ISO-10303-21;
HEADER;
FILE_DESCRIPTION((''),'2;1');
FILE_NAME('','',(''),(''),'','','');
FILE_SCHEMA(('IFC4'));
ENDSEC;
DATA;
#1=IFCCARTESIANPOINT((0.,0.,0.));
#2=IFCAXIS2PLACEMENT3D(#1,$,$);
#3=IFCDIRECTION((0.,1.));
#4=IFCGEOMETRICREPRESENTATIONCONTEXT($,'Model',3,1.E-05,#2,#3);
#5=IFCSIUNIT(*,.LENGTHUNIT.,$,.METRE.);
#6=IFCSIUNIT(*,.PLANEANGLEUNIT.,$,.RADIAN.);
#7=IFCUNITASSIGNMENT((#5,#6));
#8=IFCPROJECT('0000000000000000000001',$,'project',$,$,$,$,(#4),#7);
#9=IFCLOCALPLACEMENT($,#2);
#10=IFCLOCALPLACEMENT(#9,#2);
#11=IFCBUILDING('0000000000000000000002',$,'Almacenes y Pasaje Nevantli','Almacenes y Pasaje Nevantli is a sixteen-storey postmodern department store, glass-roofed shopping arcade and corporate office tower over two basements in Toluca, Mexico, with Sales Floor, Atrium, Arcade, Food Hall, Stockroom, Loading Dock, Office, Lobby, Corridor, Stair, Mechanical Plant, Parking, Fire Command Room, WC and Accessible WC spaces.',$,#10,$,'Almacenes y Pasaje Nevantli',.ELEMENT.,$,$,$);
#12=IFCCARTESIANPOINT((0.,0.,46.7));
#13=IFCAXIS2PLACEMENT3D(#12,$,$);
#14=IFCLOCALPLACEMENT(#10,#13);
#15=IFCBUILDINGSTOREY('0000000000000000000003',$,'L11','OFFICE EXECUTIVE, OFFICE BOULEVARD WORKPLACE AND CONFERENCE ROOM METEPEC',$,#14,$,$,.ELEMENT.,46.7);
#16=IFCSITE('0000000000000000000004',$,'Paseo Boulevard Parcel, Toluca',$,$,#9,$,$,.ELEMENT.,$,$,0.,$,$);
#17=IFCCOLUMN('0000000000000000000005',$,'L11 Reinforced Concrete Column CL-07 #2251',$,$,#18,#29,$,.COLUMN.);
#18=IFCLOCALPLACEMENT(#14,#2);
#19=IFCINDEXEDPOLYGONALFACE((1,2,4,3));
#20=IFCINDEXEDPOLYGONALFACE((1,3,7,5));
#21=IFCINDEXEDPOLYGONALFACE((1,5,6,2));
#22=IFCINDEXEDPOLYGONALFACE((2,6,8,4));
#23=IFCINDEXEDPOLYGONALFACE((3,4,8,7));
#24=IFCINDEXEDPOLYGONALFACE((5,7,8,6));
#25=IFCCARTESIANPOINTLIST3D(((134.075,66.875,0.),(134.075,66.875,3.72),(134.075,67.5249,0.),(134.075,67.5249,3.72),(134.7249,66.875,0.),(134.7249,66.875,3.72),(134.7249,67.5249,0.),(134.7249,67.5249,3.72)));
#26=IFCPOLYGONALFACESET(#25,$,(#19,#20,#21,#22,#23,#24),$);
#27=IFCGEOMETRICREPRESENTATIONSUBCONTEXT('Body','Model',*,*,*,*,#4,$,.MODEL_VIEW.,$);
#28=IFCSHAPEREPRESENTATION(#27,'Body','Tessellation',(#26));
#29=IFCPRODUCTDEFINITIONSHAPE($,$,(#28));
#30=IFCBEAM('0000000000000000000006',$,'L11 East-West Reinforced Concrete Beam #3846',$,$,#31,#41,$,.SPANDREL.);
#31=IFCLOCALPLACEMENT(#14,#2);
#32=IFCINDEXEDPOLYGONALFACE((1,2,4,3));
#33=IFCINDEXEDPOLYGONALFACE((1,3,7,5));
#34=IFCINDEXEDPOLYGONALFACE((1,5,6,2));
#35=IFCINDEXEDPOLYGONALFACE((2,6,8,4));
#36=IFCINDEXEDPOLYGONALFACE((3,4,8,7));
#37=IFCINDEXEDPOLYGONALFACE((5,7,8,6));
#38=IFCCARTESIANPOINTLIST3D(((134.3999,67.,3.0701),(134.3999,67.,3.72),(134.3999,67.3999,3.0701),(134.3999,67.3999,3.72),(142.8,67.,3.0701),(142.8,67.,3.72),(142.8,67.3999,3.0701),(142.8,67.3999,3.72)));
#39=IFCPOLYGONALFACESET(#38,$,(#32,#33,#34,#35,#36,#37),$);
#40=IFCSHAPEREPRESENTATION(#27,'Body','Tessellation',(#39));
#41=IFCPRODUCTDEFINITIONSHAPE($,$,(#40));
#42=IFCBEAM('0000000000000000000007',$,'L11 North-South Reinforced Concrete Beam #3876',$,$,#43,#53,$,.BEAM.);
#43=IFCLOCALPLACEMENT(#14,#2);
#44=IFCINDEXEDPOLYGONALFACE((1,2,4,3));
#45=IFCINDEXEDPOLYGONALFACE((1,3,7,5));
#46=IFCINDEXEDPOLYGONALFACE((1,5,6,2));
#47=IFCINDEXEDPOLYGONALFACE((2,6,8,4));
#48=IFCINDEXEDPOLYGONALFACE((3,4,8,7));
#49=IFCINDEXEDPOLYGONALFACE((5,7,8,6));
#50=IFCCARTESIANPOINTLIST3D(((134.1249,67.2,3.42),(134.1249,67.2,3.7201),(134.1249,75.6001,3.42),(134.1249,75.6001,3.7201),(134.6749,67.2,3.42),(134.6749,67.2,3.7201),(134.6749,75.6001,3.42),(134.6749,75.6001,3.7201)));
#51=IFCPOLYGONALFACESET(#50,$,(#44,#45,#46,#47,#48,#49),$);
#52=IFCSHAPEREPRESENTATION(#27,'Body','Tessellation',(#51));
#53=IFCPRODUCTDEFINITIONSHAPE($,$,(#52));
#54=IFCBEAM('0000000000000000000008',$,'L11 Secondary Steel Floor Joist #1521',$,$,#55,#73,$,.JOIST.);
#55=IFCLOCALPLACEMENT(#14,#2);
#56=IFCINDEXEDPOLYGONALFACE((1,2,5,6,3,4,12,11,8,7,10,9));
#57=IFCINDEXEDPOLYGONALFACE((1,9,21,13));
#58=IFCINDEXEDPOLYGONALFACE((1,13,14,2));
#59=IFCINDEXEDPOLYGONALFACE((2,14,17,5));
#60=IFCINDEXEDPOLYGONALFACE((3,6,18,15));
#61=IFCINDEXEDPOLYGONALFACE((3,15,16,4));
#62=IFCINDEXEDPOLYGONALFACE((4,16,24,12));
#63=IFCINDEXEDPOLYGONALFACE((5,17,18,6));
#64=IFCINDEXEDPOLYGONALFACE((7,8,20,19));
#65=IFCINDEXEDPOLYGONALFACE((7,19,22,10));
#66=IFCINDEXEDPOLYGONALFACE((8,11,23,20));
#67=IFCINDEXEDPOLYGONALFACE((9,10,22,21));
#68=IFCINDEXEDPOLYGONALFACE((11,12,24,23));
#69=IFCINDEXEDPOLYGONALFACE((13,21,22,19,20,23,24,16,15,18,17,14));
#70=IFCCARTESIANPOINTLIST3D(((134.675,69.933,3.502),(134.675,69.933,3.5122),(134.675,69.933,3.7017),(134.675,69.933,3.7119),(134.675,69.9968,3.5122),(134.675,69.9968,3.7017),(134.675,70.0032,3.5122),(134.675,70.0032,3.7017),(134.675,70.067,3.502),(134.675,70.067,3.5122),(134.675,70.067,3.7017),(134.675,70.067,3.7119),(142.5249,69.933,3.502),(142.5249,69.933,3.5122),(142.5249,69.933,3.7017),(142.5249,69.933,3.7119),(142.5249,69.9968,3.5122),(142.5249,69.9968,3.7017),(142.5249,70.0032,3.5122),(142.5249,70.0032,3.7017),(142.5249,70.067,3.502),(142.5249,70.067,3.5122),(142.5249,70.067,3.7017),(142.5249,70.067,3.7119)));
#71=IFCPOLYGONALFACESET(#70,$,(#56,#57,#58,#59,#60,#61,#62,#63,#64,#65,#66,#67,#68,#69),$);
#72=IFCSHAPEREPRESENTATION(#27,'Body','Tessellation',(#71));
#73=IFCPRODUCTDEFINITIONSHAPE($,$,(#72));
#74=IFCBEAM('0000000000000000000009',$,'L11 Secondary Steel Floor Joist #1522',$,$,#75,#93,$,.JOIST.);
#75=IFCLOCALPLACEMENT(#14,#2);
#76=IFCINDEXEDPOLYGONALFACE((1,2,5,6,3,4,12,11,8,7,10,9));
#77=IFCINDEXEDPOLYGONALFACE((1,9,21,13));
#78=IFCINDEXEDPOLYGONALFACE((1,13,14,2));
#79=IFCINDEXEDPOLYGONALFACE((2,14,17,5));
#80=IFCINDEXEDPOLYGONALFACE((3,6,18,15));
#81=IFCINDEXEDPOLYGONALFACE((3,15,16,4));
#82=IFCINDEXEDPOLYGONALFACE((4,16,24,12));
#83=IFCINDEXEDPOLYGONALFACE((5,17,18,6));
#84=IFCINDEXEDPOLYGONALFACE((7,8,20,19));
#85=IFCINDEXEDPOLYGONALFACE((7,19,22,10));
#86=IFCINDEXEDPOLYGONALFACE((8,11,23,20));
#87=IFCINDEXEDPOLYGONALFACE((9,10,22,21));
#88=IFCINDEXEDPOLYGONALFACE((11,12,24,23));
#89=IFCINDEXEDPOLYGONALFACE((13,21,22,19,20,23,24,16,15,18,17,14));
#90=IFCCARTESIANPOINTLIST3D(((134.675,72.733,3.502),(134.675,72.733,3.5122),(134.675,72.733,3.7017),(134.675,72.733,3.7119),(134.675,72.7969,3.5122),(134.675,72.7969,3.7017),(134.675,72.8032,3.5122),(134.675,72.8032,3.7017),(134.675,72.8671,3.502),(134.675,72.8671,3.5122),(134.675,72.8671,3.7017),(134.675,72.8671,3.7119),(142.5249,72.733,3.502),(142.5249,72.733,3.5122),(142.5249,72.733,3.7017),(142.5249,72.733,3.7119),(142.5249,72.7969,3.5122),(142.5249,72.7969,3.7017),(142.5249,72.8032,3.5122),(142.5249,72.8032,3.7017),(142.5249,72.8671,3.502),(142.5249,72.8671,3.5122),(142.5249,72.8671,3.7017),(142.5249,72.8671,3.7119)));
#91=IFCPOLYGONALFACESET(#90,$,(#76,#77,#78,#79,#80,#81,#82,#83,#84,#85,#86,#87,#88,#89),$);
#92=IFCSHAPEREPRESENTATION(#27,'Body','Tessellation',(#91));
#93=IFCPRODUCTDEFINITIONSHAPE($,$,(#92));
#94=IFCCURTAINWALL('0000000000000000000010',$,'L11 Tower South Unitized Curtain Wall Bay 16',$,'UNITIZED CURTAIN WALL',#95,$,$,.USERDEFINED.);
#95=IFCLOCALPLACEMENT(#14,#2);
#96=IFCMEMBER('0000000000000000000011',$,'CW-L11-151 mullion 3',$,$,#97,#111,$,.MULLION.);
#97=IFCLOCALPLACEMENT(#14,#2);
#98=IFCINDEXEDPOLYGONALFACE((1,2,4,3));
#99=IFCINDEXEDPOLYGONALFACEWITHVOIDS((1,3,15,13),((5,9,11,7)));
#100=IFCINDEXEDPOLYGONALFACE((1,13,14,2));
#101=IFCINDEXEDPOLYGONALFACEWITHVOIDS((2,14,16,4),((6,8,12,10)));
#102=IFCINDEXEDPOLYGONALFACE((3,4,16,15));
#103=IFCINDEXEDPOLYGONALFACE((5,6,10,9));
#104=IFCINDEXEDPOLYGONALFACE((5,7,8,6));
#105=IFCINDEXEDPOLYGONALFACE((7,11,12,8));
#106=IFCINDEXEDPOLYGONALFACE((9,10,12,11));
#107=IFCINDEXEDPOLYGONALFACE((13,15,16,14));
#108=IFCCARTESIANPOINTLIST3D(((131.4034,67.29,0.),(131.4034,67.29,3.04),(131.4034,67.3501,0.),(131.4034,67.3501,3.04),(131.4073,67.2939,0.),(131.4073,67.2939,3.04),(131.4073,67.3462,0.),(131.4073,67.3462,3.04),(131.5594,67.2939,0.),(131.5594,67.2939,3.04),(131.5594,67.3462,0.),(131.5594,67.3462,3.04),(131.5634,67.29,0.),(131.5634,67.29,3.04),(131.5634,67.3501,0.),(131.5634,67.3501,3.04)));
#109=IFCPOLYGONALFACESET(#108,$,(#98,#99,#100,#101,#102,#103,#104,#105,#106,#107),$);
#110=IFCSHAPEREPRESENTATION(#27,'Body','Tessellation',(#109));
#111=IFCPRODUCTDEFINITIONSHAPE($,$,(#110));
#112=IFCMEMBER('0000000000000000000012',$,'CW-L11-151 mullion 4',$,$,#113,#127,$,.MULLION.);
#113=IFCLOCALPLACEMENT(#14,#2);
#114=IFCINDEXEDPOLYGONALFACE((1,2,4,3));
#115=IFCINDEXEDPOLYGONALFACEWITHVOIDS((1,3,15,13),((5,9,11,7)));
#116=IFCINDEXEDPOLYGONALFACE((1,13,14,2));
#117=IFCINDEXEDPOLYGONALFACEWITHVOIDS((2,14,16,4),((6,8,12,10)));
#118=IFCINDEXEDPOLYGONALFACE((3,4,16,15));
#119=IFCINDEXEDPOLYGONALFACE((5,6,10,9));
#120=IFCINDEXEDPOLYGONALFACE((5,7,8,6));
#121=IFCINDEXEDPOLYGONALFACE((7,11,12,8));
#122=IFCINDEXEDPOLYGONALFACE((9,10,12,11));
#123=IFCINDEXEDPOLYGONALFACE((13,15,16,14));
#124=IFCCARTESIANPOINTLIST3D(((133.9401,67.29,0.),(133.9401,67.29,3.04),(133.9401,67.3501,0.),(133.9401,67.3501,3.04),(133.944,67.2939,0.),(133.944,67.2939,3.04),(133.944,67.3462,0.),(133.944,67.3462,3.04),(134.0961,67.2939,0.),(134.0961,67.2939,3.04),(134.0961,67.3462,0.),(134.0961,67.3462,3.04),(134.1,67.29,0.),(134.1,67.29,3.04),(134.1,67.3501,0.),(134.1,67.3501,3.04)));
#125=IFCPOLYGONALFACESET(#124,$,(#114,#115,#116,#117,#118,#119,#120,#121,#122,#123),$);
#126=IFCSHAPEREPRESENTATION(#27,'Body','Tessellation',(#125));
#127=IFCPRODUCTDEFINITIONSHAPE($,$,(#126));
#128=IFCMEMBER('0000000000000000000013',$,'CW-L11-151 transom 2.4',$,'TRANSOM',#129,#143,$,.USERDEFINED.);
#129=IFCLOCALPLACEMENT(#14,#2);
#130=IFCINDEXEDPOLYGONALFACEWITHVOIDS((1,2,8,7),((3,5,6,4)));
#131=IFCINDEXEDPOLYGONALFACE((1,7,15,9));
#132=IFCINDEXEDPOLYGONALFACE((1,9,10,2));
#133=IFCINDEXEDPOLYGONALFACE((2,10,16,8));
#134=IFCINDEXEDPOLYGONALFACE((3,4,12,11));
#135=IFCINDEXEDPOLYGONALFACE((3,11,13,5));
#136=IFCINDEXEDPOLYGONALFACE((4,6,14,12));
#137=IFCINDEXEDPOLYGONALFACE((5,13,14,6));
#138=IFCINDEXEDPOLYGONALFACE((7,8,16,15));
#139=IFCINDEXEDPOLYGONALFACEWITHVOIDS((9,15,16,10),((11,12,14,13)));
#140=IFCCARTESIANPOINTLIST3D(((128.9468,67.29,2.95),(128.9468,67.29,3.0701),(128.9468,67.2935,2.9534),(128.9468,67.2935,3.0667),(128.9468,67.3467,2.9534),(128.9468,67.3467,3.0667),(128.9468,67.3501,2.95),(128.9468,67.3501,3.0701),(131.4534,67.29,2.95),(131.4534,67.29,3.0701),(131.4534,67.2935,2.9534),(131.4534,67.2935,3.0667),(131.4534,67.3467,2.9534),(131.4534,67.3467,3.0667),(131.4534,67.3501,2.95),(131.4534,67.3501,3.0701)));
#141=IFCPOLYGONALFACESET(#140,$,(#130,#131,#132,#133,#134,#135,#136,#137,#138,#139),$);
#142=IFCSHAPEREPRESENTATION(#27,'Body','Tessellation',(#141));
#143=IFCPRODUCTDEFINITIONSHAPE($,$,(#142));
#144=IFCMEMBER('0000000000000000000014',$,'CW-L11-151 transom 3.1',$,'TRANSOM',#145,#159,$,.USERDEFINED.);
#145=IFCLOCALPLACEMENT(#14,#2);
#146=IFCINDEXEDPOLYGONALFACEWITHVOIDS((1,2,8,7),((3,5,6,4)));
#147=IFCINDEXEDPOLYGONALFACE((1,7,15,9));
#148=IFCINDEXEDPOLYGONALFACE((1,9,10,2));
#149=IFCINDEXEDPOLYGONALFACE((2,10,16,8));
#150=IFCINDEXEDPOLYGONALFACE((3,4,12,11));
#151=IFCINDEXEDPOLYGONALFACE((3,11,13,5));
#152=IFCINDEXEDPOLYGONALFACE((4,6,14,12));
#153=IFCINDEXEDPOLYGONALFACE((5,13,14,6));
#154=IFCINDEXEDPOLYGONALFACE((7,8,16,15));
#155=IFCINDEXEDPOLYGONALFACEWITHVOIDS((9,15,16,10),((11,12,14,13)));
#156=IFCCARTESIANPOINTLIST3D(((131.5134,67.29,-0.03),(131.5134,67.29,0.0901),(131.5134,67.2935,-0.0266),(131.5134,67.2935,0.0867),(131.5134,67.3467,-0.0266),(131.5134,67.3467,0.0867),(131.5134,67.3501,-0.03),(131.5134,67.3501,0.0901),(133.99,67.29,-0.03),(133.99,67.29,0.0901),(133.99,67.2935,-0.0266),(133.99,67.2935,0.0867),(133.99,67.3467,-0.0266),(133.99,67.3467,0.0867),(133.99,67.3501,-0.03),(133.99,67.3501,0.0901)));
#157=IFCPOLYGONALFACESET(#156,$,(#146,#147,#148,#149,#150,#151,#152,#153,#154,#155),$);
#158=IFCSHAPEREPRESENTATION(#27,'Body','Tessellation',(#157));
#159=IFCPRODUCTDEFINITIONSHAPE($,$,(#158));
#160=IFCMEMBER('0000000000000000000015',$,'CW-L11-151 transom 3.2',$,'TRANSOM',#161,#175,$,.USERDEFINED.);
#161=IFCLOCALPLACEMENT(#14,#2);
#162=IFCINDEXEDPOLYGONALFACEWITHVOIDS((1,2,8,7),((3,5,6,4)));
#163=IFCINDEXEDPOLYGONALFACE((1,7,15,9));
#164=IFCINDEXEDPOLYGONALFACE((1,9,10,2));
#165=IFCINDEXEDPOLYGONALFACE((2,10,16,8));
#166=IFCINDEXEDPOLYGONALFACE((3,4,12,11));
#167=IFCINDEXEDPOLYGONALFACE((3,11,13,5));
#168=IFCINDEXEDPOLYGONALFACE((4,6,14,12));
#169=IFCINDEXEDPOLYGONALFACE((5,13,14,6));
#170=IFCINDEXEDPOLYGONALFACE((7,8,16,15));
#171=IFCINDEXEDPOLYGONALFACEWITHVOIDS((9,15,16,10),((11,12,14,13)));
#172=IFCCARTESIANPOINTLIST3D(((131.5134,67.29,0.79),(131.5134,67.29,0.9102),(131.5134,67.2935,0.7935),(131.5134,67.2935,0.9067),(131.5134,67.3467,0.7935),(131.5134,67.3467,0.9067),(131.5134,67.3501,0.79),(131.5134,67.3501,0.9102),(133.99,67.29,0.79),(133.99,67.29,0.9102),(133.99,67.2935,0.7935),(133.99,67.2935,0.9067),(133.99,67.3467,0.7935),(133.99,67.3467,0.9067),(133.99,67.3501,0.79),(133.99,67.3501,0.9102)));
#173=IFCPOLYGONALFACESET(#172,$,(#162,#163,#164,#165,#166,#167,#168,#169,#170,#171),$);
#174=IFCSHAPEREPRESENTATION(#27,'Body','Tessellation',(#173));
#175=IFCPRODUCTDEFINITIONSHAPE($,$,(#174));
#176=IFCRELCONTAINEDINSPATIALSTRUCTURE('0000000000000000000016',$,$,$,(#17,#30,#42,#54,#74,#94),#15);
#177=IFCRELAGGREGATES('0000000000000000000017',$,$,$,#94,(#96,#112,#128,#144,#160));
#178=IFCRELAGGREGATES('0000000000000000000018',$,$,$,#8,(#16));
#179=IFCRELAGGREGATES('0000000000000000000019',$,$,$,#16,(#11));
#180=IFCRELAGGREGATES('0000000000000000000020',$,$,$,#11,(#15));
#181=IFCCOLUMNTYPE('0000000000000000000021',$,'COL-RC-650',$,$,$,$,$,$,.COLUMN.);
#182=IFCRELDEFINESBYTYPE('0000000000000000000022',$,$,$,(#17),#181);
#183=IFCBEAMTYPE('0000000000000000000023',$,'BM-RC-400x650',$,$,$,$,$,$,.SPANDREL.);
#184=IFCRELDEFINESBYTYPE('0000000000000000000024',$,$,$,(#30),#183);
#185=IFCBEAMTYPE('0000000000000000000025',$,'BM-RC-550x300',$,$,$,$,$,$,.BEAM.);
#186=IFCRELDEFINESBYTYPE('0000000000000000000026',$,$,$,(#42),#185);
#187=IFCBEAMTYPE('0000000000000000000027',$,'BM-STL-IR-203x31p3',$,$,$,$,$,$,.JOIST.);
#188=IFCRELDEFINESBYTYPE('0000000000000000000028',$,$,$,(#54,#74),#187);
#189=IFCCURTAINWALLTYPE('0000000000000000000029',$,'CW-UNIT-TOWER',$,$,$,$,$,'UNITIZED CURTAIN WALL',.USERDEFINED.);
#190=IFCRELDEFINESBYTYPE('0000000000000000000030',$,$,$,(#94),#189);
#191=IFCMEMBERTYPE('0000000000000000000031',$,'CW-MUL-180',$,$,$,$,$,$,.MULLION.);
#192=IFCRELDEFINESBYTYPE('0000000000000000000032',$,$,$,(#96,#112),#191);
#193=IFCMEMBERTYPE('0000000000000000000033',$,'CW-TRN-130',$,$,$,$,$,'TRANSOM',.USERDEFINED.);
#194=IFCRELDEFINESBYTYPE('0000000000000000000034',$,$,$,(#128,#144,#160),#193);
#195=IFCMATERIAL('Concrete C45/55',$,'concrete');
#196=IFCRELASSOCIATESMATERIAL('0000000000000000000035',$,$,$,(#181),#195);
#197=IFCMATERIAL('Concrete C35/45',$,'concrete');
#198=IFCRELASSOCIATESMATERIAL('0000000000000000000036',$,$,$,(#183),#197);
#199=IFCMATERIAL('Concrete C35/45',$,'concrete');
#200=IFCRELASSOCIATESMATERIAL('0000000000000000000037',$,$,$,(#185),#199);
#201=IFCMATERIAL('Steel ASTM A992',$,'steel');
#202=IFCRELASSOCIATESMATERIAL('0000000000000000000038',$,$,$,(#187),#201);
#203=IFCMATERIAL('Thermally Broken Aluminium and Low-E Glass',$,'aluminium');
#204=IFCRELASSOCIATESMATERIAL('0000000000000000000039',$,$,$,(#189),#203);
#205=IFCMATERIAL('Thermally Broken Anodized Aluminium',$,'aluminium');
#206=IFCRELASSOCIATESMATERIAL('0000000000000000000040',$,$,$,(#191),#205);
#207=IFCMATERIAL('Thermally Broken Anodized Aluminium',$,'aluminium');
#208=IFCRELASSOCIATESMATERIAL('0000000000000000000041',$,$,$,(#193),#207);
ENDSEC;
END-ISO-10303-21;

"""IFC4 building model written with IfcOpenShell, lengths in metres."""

from ifc_helpers import new_model, si_unit, direction, frame, origin, origin_2d, place, context, subcontext, project, spatial, rectangle, hollow_rectangle, i_section, extrude, material, material_profile, profile_set, type_object, element, aggregate, save


model = new_model("IFC4")

# Units and contexts
model_context = context("Model", 3, precision=1e-05, world=origin(), true_north=direction((0.0, 1.0)))
body_context = subcontext(model_context, "Body", "Model", "MODEL_VIEW")
ifc_project = project(units=[si_unit("LENGTHUNIT", "METRE"), si_unit("PLANEANGLEUNIT", "RADIAN")], contexts=[model_context])

# Site, building, storey
site_placement = place(None, origin())
site = spatial("IfcSite", under=ifc_project, at=site_placement, Name="Paseo Boulevard Parcel, Toluca", CompositionType="ELEMENT", RefElevation=0.0)
building_placement = place(site_placement, origin())
building = spatial("IfcBuilding", under=site, at=building_placement, Name="Almacenes y Pasaje Nevantli", Description="Almacenes y Pasaje Nevantli is a sixteen-storey postmodern department store, glass-roofed shopping arcade and corporate office tower over two basements in Toluca, Mexico, with Sales Floor, Atrium, Arcade, Food Hall, Stockroom, Loading Dock, Office, Lobby, Corridor, Stair, Mechanical Plant, Parking, Fire Command Room, WC and Accessible WC spaces.", LongName="Almacenes y Pasaje Nevantli", CompositionType="ELEMENT")
storey_placement = place(building_placement, frame((0.0, 0.0, 46.7)))
storey = spatial("IfcBuildingStorey", under=building, at=storey_placement, Name="L11", Description="OFFICE EXECUTIVE, OFFICE BOULEVARD WORKPLACE AND CONFERENCE ROOM METEPEC", CompositionType="ELEMENT", Elevation=46.7)

# Column
ifc_material_1 = material(Name="Concrete C45/55", Category="concrete")
ifc_material_profile_1 = material_profile(ifc_material_1, rectangle(XDim=0.6499, YDim=0.6499, at=origin_2d()), Name="RC-COL-650x650")
ifc_profile_set_1 = profile_set([ifc_material_profile_1], Name="Concrete C45/55")
column_type = type_object("IfcColumnType", Name="COL-RC-650", PredefinedType="COLUMN", material=ifc_profile_set_1)
column_placement = place(storey_placement, frame((134.3999, 67.2, 0.0), z_axis=(0.0, 0.0, 1.0), x_axis=(1.0, 0.0, 0.0)))
element("IfcColumn", 1, at=column_placement, inside=storey, type_object=column_type, Name="L11 Reinforced Concrete Column CL-07 #2251", PredefinedType="COLUMN", context=body_context, shape_type="SweptSolid", body=[
    extrude(rectangle(XDim=0.6499, YDim=0.6499, at=origin_2d()), origin(), (0.0, 0.0, 1.0), 3.72),
])

# Beams
ifc_material_2 = material(Name="Concrete C35/45", Category="concrete")
ifc_material_profile_2 = material_profile(ifc_material_2, rectangle(XDim=0.3999, YDim=0.6499, at=origin_2d()), Name="RC-BM-400x650")
ifc_profile_set_2 = profile_set([ifc_material_profile_2], Name="Concrete C35/45")
beam_type_1 = type_object("IfcBeamType", Name="BM-RC-400x650", PredefinedType="SPANDREL", material=ifc_profile_set_2)
beam_1_placement = place(storey_placement, frame((134.3999, 67.2, 3.395), z_axis=(1.0, 0.0, 0.0), x_axis=(0.0, 1.0, 0.0)))
element("IfcBeam", 2, at=beam_1_placement, inside=storey, type_object=beam_type_1, Name="L11 East-West Reinforced Concrete Beam #3846", PredefinedType="SPANDREL", context=body_context, shape_type="SweptSolid", body=[
    extrude(rectangle(XDim=0.3999, YDim=0.6499, at=origin_2d()), origin(), (0.0, 0.0, 1.0), 8.4001),
])
ifc_material_3 = material(Name="Concrete C35/45", Category="concrete")
ifc_material_profile_3 = material_profile(ifc_material_3, rectangle(XDim=0.55, YDim=0.3, at=origin_2d()), Name="RC-BM-550x300")
ifc_profile_set_3 = profile_set([ifc_material_profile_3], Name="Concrete C35/45")
beam_type_2 = type_object("IfcBeamType", Name="BM-RC-550x300", PredefinedType="BEAM", material=ifc_profile_set_3)
beam_2_placement = place(storey_placement, frame((134.3999, 67.2, 3.5701), z_axis=(0.0, 1.0, 0.0), x_axis=(-1.0, 0.0, 0.0)))
element("IfcBeam", 3, at=beam_2_placement, inside=storey, type_object=beam_type_2, Name="L11 North-South Reinforced Concrete Beam #3876", PredefinedType="BEAM", context=body_context, shape_type="SweptSolid", body=[
    extrude(rectangle(XDim=0.55, YDim=0.3, at=origin_2d()), origin(), (0.0, 0.0, 1.0), 8.4001),
])
ifc_material_4 = material(Name="Steel ASTM A992", Category="steel")
ifc_material_profile_4 = material_profile(ifc_material_4, i_section(OverallWidth=0.134, OverallDepth=0.21, WebThickness=0.0063, FlangeThickness=0.0103, at=origin_2d()), Name="IR 203x31.3")
ifc_profile_set_4 = profile_set([ifc_material_profile_4], Name="Steel ASTM A992")
beam_type_3 = type_object("IfcBeamType", Name="BM-STL-IR-203x31p3", PredefinedType="JOIST", material=ifc_profile_set_4)
for number, where, z_axis, x_axis, name in (
    (4, (134.675, 70.0, 3.6069), (1.0, 0.0, 0.0), (0.0, 1.0, 0.0), "L11 Secondary Steel Floor Joist #1521"),
    (5, (134.675, 72.8, 3.6069), (1.0, 0.0, 0.0), (0.0, 1.0, 0.0), "L11 Secondary Steel Floor Joist #1522"),
):
    element("IfcBeam", number, at=place(storey_placement, frame(where, z_axis=z_axis, x_axis=x_axis)), inside=storey, type_object=beam_type_3, Name=name, PredefinedType="JOIST", context=body_context, shape_type="SweptSolid", body=[
        extrude(i_section(OverallWidth=0.134, OverallDepth=0.21, WebThickness=0.0063, FlangeThickness=0.0103, at=origin_2d()), origin(), (0.0, 0.0, 1.0), 7.8499),
    ])

# Curtain wall, members
ifc_material_5 = material(Name="Thermally Broken Aluminium and Low-E Glass", Category="aluminium")
curtain_wall_type = type_object("IfcCurtainWallType", Name="CW-UNIT-TOWER", ElementType="UNITIZED CURTAIN WALL", PredefinedType="USERDEFINED", material=ifc_material_5)
curtain_wall_placement = place(storey_placement, origin())
curtain_wall = element("IfcCurtainWall", 6, at=curtain_wall_placement, inside=storey, type_object=curtain_wall_type, Name="L11 Tower South Unitized Curtain Wall Bay 16", ObjectType="UNITIZED CURTAIN WALL", PredefinedType="USERDEFINED")
ifc_material_6 = material(Name="Thermally Broken Anodized Aluminium", Category="aluminium")
ifc_material_profile_5 = material_profile(ifc_material_6, hollow_rectangle(XDim=0.0601, YDim=0.1599, WallThickness=0.0039, at=origin_2d()), Name="ALU-MUL-60x160")
ifc_profile_set_5 = profile_set([ifc_material_profile_5], Name="Thermally Broken Anodized Aluminium")
member_type_1 = type_object("IfcMemberType", Name="CW-MUL-180", PredefinedType="MULLION", material=ifc_profile_set_5)
member_1_placement = place(storey_placement, frame((131.4834, 67.3201, 0.0), z_axis=(0.0, 0.0, 1.0), x_axis=(0.0, 1.0, 0.0)))
member_1 = element("IfcMember", 7, at=member_1_placement, type_object=member_type_1, Name="CW-L11-151 mullion 3", PredefinedType="MULLION", context=body_context, shape_type="SweptSolid", body=[
    extrude(hollow_rectangle(XDim=0.0601, YDim=0.1599, WallThickness=0.0039, at=origin_2d()), origin(), (0.0, 0.0, 1.0), 3.04),
])
member_2_placement = place(storey_placement, frame((134.02, 67.3201, 0.0), z_axis=(0.0, 0.0, 1.0), x_axis=(0.0, 1.0, 0.0)))
member_2 = element("IfcMember", 8, at=member_2_placement, type_object=member_type_1, Name="CW-L11-151 mullion 4", PredefinedType="MULLION", context=body_context, shape_type="SweptSolid", body=[
    extrude(hollow_rectangle(XDim=0.0601, YDim=0.1599, WallThickness=0.0039, at=origin_2d()), origin(), (0.0, 0.0, 1.0), 3.04),
])
ifc_material_7 = material(Name="Thermally Broken Anodized Aluminium", Category="aluminium")
ifc_material_profile_6 = material_profile(ifc_material_7, hollow_rectangle(XDim=0.0601, YDim=0.1201, WallThickness=0.0034, at=origin_2d()), Name="ALU-TRN-60x120")
ifc_profile_set_6 = profile_set([ifc_material_profile_6], Name="Thermally Broken Anodized Aluminium")
member_type_2 = type_object("IfcMemberType", Name="CW-TRN-130", ElementType="TRANSOM", PredefinedType="USERDEFINED", material=ifc_profile_set_6)
member_3_placement = place(storey_placement, frame((128.9468, 67.3201, 3.01), z_axis=(1.0, 0.0, 0.0), x_axis=(0.0, 1.0, 0.0)))
member_3 = element("IfcMember", 9, at=member_3_placement, type_object=member_type_2, Name="CW-L11-151 transom 2.4", ObjectType="TRANSOM", PredefinedType="USERDEFINED", context=body_context, shape_type="SweptSolid", body=[
    extrude(hollow_rectangle(XDim=0.0601, YDim=0.1201, WallThickness=0.0034, at=origin_2d()), origin(), (0.0, 0.0, 1.0), 2.5066),
])
member_4_placement = place(storey_placement, frame((131.5134, 67.3201, 0.03), z_axis=(1.0, 0.0, 0.0), x_axis=(0.0, 1.0, 0.0)))
member_4 = element("IfcMember", 10, at=member_4_placement, type_object=member_type_2, Name="CW-L11-151 transom 3.1", ObjectType="TRANSOM", PredefinedType="USERDEFINED", context=body_context, shape_type="SweptSolid", body=[
    extrude(hollow_rectangle(XDim=0.0601, YDim=0.1201, WallThickness=0.0034, at=origin_2d()), origin(), (0.0, 0.0, 1.0), 2.4766),
])
member_5_placement = place(storey_placement, frame((131.5134, 67.3201, 0.8501), z_axis=(1.0, 0.0, 0.0), x_axis=(0.0, 1.0, 0.0)))
member_5 = element("IfcMember", 11, at=member_5_placement, type_object=member_type_2, Name="CW-L11-151 transom 3.2", ObjectType="TRANSOM", PredefinedType="USERDEFINED", context=body_context, shape_type="SweptSolid", body=[
    extrude(hollow_rectangle(XDim=0.0601, YDim=0.1201, WallThickness=0.0034, at=origin_2d()), origin(), (0.0, 0.0, 1.0), 2.4766),
])
aggregate(curtain_wall, [member_1, member_2, member_3, member_4, member_5])

save(model, "model.ifc")
